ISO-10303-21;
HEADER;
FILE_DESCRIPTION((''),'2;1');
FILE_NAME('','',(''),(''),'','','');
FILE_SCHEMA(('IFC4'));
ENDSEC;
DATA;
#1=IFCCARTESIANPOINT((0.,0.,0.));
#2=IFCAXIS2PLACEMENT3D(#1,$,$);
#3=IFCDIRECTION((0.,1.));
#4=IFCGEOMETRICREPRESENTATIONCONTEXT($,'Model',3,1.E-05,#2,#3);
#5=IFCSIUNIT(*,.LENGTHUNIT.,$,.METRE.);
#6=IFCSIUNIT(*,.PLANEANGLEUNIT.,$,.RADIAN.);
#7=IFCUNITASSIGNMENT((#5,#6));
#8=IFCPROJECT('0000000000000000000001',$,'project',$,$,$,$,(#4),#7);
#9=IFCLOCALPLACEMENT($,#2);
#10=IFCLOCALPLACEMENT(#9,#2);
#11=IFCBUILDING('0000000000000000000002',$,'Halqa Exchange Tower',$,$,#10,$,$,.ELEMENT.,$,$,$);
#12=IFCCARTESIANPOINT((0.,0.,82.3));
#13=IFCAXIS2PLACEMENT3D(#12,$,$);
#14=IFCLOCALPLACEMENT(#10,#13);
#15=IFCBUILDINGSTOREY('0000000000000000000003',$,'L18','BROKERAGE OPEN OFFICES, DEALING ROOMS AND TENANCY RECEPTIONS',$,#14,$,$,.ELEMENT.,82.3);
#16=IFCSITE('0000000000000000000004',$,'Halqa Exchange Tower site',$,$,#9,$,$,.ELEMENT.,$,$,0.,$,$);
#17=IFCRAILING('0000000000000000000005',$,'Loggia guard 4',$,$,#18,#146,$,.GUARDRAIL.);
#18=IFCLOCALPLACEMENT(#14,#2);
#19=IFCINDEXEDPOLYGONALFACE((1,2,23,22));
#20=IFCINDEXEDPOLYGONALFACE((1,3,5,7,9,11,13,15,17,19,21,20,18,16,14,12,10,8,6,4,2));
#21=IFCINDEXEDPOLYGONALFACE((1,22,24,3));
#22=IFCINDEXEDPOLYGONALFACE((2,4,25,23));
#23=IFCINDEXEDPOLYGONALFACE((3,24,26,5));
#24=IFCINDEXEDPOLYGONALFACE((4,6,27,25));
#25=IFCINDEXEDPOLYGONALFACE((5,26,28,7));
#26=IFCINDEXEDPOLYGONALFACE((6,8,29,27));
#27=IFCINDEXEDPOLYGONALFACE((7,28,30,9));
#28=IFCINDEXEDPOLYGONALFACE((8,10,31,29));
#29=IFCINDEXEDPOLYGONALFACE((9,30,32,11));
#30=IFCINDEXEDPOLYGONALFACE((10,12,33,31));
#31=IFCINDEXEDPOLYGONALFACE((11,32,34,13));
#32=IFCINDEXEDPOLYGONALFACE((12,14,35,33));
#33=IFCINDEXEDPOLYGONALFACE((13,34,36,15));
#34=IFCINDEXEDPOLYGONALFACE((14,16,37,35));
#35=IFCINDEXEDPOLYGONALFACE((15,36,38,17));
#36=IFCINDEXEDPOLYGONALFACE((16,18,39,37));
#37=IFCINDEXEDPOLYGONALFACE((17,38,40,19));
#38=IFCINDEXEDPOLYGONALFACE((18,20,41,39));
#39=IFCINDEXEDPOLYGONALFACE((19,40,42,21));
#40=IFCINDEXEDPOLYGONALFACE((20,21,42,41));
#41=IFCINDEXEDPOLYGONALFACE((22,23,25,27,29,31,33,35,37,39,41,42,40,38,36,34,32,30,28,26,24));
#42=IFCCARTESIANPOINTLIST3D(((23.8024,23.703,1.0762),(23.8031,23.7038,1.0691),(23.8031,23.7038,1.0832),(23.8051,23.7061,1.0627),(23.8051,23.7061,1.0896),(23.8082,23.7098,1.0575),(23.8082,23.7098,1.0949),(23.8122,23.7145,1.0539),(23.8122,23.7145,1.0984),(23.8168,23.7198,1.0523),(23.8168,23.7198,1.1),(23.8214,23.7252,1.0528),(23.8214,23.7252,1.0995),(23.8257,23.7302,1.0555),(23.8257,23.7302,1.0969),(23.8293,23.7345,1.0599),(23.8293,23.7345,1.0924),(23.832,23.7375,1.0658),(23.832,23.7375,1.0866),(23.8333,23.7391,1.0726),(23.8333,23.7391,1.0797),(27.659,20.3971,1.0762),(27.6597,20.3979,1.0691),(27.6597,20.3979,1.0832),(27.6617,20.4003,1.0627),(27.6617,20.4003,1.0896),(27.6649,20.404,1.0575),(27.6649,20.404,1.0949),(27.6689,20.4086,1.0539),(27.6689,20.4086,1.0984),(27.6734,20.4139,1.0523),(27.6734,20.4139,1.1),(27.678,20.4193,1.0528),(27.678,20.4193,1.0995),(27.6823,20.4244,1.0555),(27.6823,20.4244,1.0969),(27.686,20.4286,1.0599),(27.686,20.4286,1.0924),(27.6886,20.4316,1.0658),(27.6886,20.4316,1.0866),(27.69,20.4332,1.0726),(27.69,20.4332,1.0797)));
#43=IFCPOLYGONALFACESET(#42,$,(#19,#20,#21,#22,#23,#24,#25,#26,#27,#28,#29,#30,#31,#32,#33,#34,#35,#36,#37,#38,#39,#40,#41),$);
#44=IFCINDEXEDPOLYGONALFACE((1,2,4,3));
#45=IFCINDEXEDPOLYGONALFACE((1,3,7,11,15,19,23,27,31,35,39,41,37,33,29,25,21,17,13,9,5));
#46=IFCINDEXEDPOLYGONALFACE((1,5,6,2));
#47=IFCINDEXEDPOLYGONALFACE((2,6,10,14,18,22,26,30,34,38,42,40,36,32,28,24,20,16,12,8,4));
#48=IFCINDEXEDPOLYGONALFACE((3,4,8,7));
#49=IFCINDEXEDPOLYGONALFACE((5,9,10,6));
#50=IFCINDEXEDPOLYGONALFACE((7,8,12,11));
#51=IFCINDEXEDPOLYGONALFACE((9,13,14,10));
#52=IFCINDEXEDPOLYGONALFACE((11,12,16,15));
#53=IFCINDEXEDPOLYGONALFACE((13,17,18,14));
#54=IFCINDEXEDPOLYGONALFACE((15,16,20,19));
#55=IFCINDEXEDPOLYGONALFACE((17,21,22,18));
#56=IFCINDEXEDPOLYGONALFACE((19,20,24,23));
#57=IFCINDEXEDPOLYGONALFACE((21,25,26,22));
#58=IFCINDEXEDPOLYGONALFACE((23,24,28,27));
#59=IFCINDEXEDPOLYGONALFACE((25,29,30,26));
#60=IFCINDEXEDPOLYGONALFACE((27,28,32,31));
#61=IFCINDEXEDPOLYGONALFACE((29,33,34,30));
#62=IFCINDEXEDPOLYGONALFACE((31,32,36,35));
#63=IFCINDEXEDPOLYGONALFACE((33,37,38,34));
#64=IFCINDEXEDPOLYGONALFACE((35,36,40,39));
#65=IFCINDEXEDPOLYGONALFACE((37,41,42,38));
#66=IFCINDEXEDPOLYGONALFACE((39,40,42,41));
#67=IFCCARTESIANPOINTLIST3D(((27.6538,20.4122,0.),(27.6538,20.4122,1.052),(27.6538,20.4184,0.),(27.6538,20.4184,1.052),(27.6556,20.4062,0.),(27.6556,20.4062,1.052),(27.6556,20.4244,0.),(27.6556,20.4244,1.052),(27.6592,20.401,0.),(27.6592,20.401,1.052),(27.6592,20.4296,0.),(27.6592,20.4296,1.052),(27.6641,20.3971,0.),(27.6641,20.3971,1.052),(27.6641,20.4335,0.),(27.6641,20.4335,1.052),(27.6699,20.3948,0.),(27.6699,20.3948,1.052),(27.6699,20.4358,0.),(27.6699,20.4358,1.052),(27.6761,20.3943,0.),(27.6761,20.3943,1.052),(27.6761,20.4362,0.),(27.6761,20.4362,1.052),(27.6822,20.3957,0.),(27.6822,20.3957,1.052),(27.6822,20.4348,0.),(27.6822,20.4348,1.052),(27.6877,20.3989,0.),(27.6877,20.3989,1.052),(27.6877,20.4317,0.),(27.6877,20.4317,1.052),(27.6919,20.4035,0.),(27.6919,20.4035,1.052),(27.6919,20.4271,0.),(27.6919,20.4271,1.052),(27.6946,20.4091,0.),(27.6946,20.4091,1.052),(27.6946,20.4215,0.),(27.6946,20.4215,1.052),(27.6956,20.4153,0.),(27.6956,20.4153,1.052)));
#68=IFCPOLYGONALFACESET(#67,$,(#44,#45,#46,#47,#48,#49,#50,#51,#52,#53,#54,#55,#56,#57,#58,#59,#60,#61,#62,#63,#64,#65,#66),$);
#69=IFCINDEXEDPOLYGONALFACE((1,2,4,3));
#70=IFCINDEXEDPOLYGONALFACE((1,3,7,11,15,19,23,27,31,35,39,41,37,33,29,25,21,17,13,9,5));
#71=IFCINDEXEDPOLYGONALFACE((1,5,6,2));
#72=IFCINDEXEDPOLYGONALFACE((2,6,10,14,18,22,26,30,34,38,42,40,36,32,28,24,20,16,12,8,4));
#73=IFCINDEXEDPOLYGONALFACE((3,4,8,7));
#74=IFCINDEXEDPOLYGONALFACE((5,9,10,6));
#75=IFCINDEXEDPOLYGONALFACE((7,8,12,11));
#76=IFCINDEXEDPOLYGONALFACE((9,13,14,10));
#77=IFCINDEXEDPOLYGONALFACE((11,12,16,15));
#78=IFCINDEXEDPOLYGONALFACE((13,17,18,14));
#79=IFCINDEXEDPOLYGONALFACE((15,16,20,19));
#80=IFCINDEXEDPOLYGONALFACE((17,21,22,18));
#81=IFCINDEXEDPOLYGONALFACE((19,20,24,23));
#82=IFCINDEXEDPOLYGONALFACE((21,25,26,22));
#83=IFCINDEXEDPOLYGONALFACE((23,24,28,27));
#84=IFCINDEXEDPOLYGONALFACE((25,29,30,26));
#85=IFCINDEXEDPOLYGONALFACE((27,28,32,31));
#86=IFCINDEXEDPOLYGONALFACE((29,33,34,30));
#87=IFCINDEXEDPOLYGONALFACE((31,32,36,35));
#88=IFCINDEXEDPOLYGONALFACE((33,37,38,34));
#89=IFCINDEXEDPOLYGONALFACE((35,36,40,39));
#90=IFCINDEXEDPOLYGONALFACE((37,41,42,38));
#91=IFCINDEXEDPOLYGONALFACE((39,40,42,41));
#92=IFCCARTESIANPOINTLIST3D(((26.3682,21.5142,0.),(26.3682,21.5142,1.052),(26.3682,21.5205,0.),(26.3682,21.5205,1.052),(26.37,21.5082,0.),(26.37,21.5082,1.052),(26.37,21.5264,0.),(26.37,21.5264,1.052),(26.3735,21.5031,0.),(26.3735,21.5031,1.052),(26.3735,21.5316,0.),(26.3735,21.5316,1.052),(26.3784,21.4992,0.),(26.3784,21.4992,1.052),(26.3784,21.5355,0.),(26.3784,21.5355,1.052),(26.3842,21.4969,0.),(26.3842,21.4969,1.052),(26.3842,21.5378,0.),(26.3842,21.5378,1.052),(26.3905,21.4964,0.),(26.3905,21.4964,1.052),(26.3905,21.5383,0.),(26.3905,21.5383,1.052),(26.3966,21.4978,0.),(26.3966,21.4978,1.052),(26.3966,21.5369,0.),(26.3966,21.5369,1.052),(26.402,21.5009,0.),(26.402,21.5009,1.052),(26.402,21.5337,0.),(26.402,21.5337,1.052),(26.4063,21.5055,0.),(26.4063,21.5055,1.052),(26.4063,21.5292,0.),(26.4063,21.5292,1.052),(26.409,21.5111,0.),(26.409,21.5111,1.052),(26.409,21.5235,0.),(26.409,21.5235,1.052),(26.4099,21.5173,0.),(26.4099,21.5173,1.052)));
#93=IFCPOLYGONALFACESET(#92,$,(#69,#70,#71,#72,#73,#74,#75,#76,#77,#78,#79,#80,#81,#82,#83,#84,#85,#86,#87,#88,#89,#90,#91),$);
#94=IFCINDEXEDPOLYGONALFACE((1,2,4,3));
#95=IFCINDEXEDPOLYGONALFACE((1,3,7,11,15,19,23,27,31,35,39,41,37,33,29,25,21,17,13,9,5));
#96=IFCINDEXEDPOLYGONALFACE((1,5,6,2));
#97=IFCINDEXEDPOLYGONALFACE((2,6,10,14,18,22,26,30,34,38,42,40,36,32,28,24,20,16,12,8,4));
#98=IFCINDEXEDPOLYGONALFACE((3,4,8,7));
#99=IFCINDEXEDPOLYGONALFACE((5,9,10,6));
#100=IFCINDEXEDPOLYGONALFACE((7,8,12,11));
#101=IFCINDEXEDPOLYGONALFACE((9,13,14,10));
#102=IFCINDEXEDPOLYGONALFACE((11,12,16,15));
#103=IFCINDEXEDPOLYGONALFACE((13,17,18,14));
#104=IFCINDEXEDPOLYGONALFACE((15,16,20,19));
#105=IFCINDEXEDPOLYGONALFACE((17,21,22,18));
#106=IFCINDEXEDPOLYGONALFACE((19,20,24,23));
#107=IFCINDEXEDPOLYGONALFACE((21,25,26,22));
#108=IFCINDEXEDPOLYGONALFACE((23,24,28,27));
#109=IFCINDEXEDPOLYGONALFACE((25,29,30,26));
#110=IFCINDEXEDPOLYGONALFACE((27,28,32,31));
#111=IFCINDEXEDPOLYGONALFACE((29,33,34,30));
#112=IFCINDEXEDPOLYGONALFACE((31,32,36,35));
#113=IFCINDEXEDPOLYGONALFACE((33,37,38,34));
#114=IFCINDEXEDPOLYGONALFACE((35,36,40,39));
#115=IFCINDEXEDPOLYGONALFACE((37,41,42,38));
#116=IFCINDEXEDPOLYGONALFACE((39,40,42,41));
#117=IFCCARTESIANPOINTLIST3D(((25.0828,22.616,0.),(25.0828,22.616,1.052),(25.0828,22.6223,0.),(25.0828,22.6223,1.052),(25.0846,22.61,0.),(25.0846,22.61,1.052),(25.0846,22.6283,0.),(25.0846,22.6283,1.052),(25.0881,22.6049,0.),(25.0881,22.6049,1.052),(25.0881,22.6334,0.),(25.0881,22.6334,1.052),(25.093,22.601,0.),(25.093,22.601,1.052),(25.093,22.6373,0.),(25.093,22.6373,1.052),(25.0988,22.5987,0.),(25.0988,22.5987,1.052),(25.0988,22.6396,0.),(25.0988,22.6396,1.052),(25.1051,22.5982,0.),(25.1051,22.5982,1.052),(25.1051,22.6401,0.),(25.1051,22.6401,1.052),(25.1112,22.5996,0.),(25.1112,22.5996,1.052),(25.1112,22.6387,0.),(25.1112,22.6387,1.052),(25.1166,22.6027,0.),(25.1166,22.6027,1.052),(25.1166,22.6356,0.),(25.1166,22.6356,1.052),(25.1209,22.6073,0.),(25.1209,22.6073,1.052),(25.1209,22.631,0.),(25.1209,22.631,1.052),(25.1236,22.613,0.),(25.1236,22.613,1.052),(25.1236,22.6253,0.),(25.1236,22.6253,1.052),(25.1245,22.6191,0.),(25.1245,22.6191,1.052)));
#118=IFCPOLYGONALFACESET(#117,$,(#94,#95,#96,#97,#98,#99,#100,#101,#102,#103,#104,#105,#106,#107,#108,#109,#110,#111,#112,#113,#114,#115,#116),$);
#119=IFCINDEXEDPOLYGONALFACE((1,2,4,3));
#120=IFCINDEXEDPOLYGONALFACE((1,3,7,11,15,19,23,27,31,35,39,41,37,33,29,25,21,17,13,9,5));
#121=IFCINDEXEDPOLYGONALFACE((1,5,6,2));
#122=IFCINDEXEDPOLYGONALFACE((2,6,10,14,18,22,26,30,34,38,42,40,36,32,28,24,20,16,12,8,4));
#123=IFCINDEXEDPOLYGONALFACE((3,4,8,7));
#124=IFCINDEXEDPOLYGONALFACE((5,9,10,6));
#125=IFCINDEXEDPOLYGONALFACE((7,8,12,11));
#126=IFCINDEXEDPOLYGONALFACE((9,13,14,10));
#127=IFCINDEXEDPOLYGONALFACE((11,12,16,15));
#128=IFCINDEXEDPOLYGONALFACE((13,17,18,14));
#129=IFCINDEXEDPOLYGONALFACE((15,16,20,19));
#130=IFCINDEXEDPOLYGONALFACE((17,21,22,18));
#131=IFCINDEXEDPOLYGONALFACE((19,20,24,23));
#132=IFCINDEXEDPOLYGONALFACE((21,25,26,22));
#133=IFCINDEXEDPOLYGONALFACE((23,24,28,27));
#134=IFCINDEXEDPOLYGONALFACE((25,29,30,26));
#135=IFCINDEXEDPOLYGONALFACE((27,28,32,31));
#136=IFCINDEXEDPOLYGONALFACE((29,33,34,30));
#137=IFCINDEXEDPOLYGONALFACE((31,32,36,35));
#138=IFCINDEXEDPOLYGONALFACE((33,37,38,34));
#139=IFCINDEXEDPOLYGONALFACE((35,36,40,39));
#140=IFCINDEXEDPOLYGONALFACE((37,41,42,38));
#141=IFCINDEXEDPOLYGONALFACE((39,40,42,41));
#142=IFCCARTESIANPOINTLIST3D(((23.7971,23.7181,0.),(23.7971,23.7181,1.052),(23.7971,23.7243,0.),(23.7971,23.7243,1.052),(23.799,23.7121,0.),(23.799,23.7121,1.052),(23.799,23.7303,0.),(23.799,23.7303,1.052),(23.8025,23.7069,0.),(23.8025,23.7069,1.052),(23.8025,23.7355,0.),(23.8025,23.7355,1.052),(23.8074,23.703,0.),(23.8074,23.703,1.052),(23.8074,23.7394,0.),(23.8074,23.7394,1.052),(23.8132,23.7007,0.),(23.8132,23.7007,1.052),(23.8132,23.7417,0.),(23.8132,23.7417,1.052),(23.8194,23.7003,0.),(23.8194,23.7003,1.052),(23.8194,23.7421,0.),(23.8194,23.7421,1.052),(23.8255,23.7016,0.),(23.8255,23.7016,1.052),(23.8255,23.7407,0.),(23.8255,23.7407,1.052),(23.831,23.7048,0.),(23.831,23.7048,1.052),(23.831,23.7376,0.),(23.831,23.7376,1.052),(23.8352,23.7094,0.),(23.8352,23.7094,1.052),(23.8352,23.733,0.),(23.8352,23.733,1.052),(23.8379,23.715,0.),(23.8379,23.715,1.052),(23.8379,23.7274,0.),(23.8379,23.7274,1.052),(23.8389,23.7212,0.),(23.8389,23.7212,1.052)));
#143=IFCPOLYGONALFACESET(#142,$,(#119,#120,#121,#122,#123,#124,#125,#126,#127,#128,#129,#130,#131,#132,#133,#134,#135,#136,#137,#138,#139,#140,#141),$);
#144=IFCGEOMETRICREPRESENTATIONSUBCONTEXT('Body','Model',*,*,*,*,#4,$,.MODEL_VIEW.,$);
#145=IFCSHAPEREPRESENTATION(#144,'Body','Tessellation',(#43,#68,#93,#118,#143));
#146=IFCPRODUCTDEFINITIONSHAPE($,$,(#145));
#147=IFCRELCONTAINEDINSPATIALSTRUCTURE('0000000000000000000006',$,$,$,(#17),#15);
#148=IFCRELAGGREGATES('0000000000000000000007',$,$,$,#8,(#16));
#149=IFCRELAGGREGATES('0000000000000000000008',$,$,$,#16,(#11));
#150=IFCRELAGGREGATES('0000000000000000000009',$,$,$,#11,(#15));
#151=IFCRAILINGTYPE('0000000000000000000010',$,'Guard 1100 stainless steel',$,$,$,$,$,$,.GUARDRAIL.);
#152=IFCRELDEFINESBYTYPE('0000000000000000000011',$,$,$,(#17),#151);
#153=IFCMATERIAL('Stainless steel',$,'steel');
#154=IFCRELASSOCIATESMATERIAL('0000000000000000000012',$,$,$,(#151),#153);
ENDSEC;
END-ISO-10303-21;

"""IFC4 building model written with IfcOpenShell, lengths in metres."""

from ifc_helpers import new_model, si_unit, direction, frame, origin, origin_2d, place, context, subcontext, project, spatial, circle, extrude, material, type_object, element, save


model = new_model("IFC4")

# Units and contexts
model_context = context("Model", 3, precision=1e-05, world=origin(), true_north=direction((0.0, 1.0)))
body_context = subcontext(model_context, "Body", "Model", "MODEL_VIEW")
ifc_project = project(units=[si_unit("LENGTHUNIT", "METRE"), si_unit("PLANEANGLEUNIT", "RADIAN")], contexts=[model_context])

# Site, building, storey
site_placement = place(None, origin())
site = spatial("IfcSite", under=ifc_project, at=site_placement, Name="Halqa Exchange Tower site", CompositionType="ELEMENT", RefElevation=0.0)
building_placement = place(site_placement, origin())
building = spatial("IfcBuilding", under=site, at=building_placement, Name="Halqa Exchange Tower", CompositionType="ELEMENT")
storey_placement = place(building_placement, frame((0.0, 0.0, 82.3)))
storey = spatial("IfcBuildingStorey", under=building, at=storey_placement, Name="L18", Description="BROKERAGE OPEN OFFICES, DEALING ROOMS AND TENANCY RECEPTIONS", CompositionType="ELEMENT", Elevation=82.3)

# Railing
ifc_material_1 = material(Name="Stainless steel", Category="steel")
railing_type = type_object("IfcRailingType", Name="Guard 1100 stainless steel", PredefinedType="GUARDRAIL", material=ifc_material_1)
railing_1_placement = place(storey_placement, frame((27.6746, 20.4153, 0.0)))
element("IfcRailing", 1, at=railing_1_placement, inside=storey, type_object=railing_type, Name="Loggia guard 4", PredefinedType="GUARDRAIL", context=body_context, shape_type="SweptSolid", body=[
    extrude(circle(Radius=0.0239, at=origin_2d()), frame((0.0, 0.0, 1.0762), z_axis=(-0.75924, 0.650811, 0.0), x_axis=(-0.650811, -0.75924, 0.0)), (0.0, 0.0, 1.0), 5.0796),
    extrude(circle(Radius=0.021, at=origin_2d()), origin(), (0.0, 0.0, 1.0), 1.052),
    extrude(circle(Radius=0.021, at=origin_2d()), frame((-1.2856, 1.1021, 0.0)), (0.0, 0.0, 1.0), 1.052),
    extrude(circle(Radius=0.021, at=origin_2d()), frame((-2.571, 2.2039, 0.0)), (0.0, 0.0, 1.0), 1.052),
    extrude(circle(Radius=0.021, at=origin_2d()), frame((-3.8567, 3.3059, 0.0)), (0.0, 0.0, 1.0), 1.052),
])

save(model, "model.ifc")
